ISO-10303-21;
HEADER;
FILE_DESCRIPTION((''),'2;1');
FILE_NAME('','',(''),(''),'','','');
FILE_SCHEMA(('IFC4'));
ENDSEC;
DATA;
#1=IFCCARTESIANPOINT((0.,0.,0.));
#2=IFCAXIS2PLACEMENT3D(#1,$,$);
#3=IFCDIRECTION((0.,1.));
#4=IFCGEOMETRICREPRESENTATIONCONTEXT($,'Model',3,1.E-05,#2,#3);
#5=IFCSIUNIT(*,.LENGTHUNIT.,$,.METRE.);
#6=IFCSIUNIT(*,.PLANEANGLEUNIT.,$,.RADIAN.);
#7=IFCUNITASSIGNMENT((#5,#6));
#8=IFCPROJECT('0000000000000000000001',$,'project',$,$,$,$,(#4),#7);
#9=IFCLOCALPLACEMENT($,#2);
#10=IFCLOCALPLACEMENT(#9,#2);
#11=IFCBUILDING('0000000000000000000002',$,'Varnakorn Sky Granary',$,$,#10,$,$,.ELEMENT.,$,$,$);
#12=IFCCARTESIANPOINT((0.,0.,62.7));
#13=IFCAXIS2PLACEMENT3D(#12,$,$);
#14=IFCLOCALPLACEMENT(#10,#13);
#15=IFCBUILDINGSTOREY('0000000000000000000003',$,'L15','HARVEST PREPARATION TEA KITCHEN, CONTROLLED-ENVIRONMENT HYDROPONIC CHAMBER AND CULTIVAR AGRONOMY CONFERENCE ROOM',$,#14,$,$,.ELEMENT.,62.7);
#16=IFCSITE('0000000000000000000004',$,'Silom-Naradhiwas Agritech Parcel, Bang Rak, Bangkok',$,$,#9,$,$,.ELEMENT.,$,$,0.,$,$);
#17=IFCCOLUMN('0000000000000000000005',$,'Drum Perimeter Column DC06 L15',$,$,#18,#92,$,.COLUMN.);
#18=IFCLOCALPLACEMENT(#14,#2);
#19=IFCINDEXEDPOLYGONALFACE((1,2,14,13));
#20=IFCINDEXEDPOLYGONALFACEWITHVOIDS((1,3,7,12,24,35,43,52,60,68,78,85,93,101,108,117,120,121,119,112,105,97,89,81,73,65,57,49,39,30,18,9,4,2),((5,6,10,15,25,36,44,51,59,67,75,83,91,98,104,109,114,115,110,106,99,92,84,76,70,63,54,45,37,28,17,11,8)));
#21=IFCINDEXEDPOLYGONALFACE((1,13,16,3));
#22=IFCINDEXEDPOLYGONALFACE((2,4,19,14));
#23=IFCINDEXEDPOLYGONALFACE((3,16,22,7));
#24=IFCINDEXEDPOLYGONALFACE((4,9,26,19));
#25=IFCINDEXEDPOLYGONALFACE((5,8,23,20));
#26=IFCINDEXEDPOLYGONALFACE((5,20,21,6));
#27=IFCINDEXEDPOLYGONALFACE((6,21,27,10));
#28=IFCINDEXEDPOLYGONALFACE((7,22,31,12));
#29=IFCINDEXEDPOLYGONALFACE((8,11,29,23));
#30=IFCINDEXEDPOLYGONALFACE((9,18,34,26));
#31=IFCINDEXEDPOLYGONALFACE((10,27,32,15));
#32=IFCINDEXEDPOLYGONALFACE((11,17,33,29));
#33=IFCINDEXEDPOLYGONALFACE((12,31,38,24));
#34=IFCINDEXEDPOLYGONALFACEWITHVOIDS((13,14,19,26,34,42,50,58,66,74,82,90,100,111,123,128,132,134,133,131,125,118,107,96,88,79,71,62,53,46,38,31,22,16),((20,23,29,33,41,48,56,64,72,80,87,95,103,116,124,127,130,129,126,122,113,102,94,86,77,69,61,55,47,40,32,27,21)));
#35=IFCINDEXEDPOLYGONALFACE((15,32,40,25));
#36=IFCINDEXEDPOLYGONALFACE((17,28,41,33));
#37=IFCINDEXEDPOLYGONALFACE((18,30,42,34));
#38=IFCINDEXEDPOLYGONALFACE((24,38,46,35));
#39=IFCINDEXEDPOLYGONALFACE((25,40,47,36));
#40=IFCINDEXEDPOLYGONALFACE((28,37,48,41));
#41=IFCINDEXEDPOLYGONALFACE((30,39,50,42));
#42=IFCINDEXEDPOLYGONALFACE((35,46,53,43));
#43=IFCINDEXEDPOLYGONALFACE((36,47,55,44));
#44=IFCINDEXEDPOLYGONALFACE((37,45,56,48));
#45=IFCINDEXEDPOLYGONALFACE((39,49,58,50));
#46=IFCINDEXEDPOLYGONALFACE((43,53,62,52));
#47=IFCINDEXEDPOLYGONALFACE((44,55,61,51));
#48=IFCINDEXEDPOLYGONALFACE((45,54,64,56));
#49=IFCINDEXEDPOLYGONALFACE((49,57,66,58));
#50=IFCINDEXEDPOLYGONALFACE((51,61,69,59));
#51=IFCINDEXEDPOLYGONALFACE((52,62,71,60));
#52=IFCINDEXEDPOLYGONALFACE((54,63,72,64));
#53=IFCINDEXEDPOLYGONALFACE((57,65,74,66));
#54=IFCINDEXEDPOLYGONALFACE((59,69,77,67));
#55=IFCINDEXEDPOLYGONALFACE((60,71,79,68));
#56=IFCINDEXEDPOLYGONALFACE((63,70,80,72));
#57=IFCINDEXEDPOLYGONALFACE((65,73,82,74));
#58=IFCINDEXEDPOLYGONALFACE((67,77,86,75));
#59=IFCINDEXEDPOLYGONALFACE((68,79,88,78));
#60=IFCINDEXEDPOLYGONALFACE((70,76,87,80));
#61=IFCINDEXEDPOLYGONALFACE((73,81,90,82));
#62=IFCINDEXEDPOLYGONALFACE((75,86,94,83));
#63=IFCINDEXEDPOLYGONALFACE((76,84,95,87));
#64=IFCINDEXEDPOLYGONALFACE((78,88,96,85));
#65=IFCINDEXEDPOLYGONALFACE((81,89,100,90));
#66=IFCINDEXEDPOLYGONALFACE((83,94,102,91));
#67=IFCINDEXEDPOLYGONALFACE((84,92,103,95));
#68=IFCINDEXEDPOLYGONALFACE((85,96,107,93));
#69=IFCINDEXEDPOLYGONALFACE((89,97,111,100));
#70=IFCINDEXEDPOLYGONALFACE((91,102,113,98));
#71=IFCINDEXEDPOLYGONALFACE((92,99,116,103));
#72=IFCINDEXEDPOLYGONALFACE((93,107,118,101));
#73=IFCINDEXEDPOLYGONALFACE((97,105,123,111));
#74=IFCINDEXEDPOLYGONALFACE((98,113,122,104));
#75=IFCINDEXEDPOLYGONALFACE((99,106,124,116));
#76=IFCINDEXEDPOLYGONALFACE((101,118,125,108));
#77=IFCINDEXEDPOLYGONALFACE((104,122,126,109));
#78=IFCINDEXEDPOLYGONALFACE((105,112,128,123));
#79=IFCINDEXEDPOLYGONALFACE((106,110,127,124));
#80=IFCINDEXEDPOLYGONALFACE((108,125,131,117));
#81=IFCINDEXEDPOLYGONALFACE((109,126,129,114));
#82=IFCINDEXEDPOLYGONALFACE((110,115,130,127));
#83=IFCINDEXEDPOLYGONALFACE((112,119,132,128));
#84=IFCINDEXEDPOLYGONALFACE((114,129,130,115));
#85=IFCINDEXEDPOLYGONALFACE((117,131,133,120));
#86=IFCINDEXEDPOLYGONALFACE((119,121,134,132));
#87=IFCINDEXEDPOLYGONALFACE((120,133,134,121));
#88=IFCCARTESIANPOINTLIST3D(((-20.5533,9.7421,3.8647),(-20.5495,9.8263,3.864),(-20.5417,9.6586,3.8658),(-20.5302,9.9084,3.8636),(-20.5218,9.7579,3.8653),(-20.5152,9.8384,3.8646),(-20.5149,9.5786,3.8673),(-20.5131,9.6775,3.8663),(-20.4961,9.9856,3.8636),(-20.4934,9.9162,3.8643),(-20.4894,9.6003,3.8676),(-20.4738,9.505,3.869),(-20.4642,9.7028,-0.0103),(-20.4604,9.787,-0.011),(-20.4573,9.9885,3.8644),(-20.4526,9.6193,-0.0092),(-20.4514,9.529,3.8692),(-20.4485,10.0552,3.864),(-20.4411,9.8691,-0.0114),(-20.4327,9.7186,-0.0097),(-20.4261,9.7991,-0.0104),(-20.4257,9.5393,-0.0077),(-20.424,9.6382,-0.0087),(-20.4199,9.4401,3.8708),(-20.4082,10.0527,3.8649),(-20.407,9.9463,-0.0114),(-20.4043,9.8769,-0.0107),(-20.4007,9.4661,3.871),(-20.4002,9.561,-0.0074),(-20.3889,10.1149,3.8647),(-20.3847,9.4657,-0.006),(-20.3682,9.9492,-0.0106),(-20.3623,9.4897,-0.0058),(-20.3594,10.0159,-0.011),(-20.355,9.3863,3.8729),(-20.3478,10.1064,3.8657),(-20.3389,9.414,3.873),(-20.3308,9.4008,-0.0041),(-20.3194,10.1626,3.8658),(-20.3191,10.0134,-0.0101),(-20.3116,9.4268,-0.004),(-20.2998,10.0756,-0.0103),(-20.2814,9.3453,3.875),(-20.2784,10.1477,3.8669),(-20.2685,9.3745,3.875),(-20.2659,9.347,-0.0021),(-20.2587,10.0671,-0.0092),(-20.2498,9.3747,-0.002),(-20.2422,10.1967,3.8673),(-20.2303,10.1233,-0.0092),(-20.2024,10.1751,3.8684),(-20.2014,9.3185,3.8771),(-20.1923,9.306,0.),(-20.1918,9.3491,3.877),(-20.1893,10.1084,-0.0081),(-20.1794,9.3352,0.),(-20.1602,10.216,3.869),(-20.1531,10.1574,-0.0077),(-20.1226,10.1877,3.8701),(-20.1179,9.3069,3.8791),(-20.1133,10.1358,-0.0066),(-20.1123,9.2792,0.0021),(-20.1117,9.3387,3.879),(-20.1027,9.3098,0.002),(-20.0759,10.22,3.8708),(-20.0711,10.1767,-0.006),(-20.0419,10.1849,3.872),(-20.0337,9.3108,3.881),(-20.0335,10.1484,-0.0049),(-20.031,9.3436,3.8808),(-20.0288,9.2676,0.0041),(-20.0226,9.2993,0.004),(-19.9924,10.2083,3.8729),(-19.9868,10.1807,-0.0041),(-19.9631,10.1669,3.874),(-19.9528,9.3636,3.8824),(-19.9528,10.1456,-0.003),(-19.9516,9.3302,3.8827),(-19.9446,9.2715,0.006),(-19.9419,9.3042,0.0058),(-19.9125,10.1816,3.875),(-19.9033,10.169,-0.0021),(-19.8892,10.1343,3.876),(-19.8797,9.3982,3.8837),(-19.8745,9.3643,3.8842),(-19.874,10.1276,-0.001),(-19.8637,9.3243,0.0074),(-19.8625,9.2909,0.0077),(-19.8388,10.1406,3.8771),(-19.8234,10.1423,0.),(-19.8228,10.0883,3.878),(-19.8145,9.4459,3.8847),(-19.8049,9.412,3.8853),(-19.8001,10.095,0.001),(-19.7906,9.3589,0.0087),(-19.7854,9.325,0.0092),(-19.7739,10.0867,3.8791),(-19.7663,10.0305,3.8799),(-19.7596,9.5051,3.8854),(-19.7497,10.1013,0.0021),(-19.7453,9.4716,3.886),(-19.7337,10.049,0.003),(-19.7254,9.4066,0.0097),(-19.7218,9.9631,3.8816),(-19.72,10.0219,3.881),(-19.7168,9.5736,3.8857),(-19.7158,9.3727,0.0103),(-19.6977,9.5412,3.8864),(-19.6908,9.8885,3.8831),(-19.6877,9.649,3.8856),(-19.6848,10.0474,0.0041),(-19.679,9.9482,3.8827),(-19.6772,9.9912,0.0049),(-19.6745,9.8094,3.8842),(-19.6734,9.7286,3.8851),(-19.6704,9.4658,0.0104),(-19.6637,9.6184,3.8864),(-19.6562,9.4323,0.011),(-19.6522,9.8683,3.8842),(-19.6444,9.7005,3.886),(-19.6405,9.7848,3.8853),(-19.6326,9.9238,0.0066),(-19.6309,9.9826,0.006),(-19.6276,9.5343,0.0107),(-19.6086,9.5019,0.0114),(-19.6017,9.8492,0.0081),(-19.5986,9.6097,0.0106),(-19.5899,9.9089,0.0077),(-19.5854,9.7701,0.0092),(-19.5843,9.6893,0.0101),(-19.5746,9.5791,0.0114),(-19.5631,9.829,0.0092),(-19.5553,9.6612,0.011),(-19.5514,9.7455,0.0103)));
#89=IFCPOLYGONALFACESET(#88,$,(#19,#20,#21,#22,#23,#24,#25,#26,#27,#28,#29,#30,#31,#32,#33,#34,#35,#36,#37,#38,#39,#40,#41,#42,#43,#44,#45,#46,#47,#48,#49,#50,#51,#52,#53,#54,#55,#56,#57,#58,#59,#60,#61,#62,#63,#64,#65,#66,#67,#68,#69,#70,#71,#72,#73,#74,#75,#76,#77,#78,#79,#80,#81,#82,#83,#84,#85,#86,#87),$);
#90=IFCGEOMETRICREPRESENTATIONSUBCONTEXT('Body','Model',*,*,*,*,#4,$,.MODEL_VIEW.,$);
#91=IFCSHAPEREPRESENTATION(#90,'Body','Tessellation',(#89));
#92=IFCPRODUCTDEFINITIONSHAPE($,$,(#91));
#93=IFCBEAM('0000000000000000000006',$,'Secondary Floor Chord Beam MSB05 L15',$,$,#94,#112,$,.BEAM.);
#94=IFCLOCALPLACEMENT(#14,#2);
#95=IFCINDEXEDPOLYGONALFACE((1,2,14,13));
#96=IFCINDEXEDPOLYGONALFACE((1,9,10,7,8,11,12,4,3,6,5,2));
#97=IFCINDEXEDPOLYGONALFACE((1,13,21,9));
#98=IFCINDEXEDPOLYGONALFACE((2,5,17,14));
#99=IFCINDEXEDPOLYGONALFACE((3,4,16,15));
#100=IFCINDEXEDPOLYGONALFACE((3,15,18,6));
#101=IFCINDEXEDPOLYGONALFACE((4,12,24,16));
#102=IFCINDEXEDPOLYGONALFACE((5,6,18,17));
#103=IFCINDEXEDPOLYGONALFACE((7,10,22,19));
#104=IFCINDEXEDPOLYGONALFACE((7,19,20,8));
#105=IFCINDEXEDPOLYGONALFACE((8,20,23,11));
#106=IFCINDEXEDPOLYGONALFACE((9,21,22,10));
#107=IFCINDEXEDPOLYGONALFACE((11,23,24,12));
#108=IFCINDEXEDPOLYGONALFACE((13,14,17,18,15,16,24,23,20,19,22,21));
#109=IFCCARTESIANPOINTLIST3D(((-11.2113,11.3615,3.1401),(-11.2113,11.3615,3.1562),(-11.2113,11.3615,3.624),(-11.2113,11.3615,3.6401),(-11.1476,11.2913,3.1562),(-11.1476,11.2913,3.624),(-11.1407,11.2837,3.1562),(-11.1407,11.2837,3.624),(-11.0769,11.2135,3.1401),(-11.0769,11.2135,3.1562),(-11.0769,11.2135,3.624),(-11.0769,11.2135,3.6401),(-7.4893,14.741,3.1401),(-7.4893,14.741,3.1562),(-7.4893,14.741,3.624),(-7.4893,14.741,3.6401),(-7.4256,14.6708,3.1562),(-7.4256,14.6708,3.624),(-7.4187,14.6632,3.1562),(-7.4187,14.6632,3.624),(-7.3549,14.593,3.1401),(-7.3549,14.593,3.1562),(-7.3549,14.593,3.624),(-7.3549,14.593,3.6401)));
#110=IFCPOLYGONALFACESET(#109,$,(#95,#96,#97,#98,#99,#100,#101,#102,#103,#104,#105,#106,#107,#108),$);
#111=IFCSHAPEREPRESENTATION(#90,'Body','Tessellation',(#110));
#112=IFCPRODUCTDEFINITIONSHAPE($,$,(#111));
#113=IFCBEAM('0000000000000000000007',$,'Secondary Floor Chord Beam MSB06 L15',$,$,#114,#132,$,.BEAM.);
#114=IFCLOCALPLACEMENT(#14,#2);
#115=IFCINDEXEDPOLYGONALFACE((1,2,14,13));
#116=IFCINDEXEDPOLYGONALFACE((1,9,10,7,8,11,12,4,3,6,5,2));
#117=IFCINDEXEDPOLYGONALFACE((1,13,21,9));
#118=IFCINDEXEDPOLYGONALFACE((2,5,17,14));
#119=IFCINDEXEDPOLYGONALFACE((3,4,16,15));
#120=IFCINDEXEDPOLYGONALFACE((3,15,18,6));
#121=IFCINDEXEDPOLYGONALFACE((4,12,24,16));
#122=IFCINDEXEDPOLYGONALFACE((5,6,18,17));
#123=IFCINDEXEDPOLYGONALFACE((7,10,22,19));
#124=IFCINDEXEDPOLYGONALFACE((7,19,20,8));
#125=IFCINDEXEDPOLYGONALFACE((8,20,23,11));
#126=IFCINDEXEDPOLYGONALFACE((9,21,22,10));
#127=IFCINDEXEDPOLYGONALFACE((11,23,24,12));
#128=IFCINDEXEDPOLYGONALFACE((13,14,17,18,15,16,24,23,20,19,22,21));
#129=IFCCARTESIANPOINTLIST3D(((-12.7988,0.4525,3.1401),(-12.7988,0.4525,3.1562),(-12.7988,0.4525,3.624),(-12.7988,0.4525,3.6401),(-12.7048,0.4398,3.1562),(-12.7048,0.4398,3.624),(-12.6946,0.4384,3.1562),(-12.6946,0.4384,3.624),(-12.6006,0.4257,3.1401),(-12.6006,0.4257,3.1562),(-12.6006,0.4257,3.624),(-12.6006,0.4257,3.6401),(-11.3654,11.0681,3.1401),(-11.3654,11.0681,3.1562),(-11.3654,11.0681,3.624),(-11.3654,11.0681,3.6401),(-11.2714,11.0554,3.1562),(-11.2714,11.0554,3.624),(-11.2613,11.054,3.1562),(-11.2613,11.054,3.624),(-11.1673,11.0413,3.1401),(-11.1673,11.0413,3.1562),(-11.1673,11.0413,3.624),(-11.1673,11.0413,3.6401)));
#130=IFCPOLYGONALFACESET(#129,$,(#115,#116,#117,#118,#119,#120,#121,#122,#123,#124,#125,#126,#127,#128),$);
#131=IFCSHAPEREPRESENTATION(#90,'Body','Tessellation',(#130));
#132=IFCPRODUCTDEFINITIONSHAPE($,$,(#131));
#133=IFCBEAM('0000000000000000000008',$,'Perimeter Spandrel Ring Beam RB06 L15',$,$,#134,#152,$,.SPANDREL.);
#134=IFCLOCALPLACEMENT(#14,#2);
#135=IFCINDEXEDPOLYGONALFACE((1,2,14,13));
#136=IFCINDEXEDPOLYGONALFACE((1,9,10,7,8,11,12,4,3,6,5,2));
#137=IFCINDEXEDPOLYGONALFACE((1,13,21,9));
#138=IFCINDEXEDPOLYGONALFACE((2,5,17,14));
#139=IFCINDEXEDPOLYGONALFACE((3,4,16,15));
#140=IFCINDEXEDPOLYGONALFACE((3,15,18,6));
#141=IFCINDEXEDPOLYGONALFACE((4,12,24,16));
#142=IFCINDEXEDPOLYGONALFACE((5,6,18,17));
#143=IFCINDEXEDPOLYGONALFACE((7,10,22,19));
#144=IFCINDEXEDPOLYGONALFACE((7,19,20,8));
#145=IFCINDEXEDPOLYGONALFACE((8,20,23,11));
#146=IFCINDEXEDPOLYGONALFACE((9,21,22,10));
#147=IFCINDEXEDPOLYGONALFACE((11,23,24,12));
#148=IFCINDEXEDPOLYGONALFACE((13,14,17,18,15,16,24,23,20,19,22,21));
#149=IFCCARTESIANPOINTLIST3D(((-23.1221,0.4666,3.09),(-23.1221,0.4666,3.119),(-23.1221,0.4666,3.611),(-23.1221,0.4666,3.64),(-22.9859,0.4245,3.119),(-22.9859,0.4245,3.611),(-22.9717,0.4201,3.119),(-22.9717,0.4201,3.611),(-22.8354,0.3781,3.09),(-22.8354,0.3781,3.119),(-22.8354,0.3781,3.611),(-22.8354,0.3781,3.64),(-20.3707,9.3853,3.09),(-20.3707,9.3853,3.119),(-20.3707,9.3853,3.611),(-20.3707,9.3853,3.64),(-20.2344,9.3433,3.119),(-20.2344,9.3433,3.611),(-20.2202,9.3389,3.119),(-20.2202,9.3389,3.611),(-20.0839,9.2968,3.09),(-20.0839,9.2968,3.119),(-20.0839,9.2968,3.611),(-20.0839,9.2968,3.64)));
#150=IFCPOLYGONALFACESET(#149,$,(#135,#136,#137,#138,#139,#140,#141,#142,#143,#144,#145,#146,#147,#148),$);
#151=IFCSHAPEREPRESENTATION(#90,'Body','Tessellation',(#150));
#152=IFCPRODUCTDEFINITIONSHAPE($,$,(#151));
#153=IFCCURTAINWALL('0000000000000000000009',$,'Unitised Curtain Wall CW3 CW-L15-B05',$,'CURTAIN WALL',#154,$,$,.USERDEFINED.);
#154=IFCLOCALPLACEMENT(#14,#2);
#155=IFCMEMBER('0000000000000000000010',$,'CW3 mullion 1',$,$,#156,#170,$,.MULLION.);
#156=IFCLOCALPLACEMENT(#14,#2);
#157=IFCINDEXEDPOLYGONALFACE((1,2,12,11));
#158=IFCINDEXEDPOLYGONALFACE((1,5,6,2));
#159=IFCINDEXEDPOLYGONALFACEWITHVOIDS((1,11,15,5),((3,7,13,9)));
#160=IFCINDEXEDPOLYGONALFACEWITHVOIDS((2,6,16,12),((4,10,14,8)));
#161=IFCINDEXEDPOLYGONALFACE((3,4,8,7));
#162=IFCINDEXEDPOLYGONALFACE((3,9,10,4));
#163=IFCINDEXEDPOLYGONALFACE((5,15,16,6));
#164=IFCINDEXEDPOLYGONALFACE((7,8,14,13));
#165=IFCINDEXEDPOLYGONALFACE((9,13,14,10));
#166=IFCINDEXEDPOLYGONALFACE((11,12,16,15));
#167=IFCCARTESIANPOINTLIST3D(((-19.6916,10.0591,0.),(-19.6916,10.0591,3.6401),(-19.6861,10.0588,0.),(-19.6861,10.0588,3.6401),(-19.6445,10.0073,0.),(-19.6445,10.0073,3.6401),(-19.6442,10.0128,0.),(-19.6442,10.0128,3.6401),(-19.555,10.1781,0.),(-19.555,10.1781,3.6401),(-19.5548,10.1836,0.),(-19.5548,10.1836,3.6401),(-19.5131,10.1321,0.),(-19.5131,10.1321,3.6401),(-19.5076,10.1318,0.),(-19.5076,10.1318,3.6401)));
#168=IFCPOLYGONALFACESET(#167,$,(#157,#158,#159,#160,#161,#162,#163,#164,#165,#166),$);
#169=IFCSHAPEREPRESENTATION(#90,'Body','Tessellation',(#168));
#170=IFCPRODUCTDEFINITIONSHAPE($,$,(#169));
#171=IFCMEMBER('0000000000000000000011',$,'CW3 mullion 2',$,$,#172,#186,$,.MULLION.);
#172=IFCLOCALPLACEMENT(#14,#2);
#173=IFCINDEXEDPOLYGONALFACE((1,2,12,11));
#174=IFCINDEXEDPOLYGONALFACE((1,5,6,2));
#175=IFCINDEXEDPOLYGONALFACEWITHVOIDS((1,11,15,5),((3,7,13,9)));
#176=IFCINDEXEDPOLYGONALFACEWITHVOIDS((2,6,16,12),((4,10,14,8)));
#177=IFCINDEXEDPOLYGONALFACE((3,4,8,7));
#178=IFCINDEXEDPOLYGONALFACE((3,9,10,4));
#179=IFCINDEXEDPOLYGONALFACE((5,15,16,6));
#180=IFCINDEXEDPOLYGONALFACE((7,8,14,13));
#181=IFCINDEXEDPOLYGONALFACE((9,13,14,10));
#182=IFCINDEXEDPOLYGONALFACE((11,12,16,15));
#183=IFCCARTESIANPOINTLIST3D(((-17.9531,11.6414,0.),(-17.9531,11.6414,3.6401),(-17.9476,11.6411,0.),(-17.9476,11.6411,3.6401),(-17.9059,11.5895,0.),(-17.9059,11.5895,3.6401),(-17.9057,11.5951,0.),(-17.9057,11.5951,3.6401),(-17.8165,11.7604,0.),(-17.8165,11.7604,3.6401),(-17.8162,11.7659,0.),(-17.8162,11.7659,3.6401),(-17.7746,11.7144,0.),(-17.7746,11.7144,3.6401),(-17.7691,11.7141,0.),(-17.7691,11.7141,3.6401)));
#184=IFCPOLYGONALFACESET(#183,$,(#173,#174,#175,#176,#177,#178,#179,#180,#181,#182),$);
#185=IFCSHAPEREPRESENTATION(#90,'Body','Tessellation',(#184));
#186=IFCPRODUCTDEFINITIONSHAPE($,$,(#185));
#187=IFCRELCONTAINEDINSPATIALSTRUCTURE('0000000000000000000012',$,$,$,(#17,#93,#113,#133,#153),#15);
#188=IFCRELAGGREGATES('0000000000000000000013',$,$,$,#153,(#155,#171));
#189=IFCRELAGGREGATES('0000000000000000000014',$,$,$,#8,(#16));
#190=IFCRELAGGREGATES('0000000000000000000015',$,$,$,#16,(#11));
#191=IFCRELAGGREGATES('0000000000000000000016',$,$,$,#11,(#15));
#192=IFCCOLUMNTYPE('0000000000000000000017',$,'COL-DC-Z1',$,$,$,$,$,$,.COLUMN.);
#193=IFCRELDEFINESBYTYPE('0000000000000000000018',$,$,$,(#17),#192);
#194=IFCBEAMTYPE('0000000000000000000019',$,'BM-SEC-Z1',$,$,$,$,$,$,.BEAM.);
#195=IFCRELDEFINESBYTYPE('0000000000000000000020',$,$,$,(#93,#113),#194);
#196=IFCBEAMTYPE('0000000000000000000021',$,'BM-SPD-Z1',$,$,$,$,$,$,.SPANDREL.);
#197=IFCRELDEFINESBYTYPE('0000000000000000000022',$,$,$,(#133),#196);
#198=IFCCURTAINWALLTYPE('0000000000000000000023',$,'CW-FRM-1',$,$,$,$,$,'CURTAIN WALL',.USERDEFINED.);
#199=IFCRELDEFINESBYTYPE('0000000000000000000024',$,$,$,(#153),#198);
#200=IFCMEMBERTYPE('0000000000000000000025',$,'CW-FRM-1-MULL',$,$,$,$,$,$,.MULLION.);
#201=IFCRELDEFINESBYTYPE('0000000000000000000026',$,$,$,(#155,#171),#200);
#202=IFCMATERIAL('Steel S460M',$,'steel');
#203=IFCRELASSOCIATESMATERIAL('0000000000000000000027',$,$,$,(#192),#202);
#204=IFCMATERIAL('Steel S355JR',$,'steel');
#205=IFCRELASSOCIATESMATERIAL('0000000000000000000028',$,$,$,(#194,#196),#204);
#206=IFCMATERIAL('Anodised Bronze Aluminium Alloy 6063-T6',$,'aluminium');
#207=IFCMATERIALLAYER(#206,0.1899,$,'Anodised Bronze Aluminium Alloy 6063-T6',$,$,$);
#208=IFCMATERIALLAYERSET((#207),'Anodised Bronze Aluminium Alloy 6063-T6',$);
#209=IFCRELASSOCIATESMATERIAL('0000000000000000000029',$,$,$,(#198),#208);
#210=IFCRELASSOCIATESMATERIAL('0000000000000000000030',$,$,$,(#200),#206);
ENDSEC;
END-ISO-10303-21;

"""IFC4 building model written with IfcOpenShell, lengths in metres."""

from ifc_helpers import new_model, si_unit, direction, frame, origin, origin_2d, place, context, subcontext, project, spatial, hollow_rectangle, hollow_circle, i_section, extrude, material, layer, layer_set, material_profile, profile_set, type_object, element, aggregate, save


model = new_model("IFC4")

# Units and contexts
model_context = context("Model", 3, precision=1e-05, world=origin(), true_north=direction((0.0, 1.0)))
body_context = subcontext(model_context, "Body", "Model", "MODEL_VIEW")
ifc_project = project(units=[si_unit("LENGTHUNIT", "METRE"), si_unit("PLANEANGLEUNIT", "RADIAN")], contexts=[model_context])

# Site, building, storey
site_placement = place(None, origin())
site = spatial("IfcSite", under=ifc_project, at=site_placement, Name="Silom-Naradhiwas Agritech Parcel, Bang Rak, Bangkok", CompositionType="ELEMENT", RefElevation=0.0)
building_placement = place(site_placement, origin())
building = spatial("IfcBuilding", under=site, at=building_placement, Name="Varnakorn Sky Granary", CompositionType="ELEMENT")
storey_placement = place(building_placement, frame((0.0, 0.0, 62.7)))
storey = spatial("IfcBuildingStorey", under=building, at=storey_placement, Name="L15", Description="HARVEST PREPARATION TEA KITCHEN, CONTROLLED-ENVIRONMENT HYDROPONIC CHAMBER AND CULTIVAR AGRONOMY CONFERENCE ROOM", CompositionType="ELEMENT", Elevation=62.7)

# Column
ifc_material_1 = material(Name="Steel S460M", Category="steel")
ifc_material_profile_1 = material_profile(ifc_material_1, hollow_circle(Radius=0.457, WallThickness=0.032, at=origin_2d()), Name="CHS 914x32")
ifc_profile_set_1 = profile_set([ifc_material_profile_1], Name="Steel S460M")
column_type = type_object("IfcColumnType", Name="COL-DC-Z1", PredefinedType="COLUMN", material=ifc_profile_set_1)
column_placement = place(storey_placement, frame((-20.0078, 9.7241, 0.0), z_axis=(-0.022989, 0.01014, 0.999684), x_axis=(-0.403578, -0.914945, 0.0)))
element("IfcColumn", 1, at=column_placement, inside=storey, type_object=column_type, Name="Drum Perimeter Column DC06 L15", PredefinedType="COLUMN", context=body_context, shape_type="SweptSolid", body=[
    extrude(hollow_circle(Radius=0.457, WallThickness=0.032, at=origin_2d()), origin(), (0.0, 0.0, 1.0), 3.8762),
])

# Beams
ifc_material_2 = material(Name="Steel S355JR", Category="steel")
ifc_material_profile_2 = material_profile(ifc_material_2, i_section(OverallWidth=0.2, OverallDepth=0.5, WebThickness=0.0103, FlangeThickness=0.0161, at=origin_2d()), Name="IPE 500")
ifc_profile_set_2 = profile_set([ifc_material_profile_2], Name="Steel S355JR")
beam_type_1 = type_object("IfcBeamType", Name="BM-SEC-Z1", PredefinedType="BEAM", material=ifc_profile_set_2)
beam_1_placement = place(storey_placement, frame((-7.4221, 14.667, 3.3901), z_axis=(-0.740353, -0.672218, 0.0), x_axis=(0.672218, -0.740353, 0.0)))
element("IfcBeam", 2, at=beam_1_placement, inside=storey, type_object=beam_type_1, Name="Secondary Floor Chord Beam MSB05 L15", PredefinedType="BEAM", context=body_context, shape_type="SweptSolid", body=[
    extrude(i_section(OverallWidth=0.2, OverallDepth=0.5, WebThickness=0.0103, FlangeThickness=0.0161, at=origin_2d()), origin(), (0.0, 0.0, 1.0), 5.0273),
])
beam_2_placement = place(storey_placement, frame((-11.2664, 11.0547, 3.3901), z_axis=(-0.13381, -0.991007, 0.0), x_axis=(0.991007, -0.13381, 0.0)))
element("IfcBeam", 3, at=beam_2_placement, inside=storey, type_object=beam_type_1, Name="Secondary Floor Chord Beam MSB06 L15", PredefinedType="BEAM", context=body_context, shape_type="SweptSolid", body=[
    extrude(i_section(OverallWidth=0.2, OverallDepth=0.5, WebThickness=0.0103, FlangeThickness=0.0161, at=origin_2d()), origin(), (0.0, 0.0, 1.0), 10.7119),
])
ifc_material_profile_3 = material_profile(ifc_material_2, i_section(OverallWidth=0.3, OverallDepth=0.55, WebThickness=0.0149, FlangeThickness=0.0291, at=origin_2d()), Name="HE 550 B")
ifc_profile_set_3 = profile_set([ifc_material_profile_3], Name="Steel S355JR")
beam_type_2 = type_object("IfcBeamType", Name="BM-SPD-Z1", PredefinedType="SPANDREL", material=ifc_profile_set_3)
beam_3_placement = place(storey_placement, frame((-20.2273, 9.3411, 3.365), z_axis=(-0.294795, -0.95556, 0.0), x_axis=(0.95556, -0.294795, 0.0)))
element("IfcBeam", 4, at=beam_3_placement, inside=storey, type_object=beam_type_2, Name="Perimeter Spandrel Ring Beam RB06 L15", PredefinedType="SPANDREL", context=body_context, shape_type="SweptSolid", body=[
    extrude(i_section(OverallWidth=0.3, OverallDepth=0.55, WebThickness=0.0149, FlangeThickness=0.0291, at=origin_2d()), origin(), (0.0, 0.0, 1.0), 9.3335),
])

# Curtain wall, members
ifc_material_3 = material(Name="Anodised Bronze Aluminium Alloy 6063-T6", Category="aluminium")
ifc_layer_1 = layer(ifc_material_3, 0.1899, Name="Anodised Bronze Aluminium Alloy 6063-T6")
ifc_layer_set_1 = layer_set([ifc_layer_1], Name="Anodised Bronze Aluminium Alloy 6063-T6")
curtain_wall_type = type_object("IfcCurtainWallType", Name="CW-FRM-1", ElementType="CURTAIN WALL", PredefinedType="USERDEFINED", material=ifc_layer_set_1)
curtain_wall_placement = place(storey_placement, origin())
curtain_wall = element("IfcCurtainWall", 5, at=curtain_wall_placement, inside=storey, type_object=curtain_wall_type, Name="Unitised Curtain Wall CW3 CW-L15-B05", ObjectType="CURTAIN WALL", PredefinedType="USERDEFINED")
ifc_material_profile_4 = material_profile(ifc_material_3, hollow_rectangle(XDim=0.0701, YDim=0.1851, WallThickness=0.0039, at=origin_2d()), Name="ALU MULL 70x185")
ifc_profile_set_4 = profile_set([ifc_material_profile_4], Name="Anodised Bronze Aluminium Alloy 6063-T6")
member_type_1 = type_object("IfcMemberType", Name="CW-FRM-1-MULL", PredefinedType="MULLION", material=ifc_profile_set_4)
member_1_placement = place(storey_placement, frame((-19.5996, 10.0955, 0.0), z_axis=(0.0, 0.0, 1.0), x_axis=(-0.673051, 0.739596, 0.0)))
member_1 = element("IfcMember", 6, at=member_1_placement, type_object=member_type_1, Name="CW3 mullion 1", PredefinedType="MULLION", context=body_context, shape_type="SweptSolid", body=[
    extrude(hollow_rectangle(XDim=0.0701, YDim=0.1851, WallThickness=0.0039, at=origin_2d()), origin(), (0.0, 0.0, 1.0), 3.6401),
])
member_2_placement = place(storey_placement, frame((-17.8611, 11.6777, 0.0), z_axis=(0.0, 0.0, 1.0), x_axis=(-0.673051, 0.739596, 0.0)))
member_2 = element("IfcMember", 7, at=member_2_placement, type_object=member_type_1, Name="CW3 mullion 2", PredefinedType="MULLION", context=body_context, shape_type="SweptSolid", body=[
    extrude(hollow_rectangle(XDim=0.0701, YDim=0.1851, WallThickness=0.0039, at=origin_2d()), origin(), (0.0, 0.0, 1.0), 3.6401),
])
aggregate(curtain_wall, [member_1, member_2])

save(model, "model.ifc")
